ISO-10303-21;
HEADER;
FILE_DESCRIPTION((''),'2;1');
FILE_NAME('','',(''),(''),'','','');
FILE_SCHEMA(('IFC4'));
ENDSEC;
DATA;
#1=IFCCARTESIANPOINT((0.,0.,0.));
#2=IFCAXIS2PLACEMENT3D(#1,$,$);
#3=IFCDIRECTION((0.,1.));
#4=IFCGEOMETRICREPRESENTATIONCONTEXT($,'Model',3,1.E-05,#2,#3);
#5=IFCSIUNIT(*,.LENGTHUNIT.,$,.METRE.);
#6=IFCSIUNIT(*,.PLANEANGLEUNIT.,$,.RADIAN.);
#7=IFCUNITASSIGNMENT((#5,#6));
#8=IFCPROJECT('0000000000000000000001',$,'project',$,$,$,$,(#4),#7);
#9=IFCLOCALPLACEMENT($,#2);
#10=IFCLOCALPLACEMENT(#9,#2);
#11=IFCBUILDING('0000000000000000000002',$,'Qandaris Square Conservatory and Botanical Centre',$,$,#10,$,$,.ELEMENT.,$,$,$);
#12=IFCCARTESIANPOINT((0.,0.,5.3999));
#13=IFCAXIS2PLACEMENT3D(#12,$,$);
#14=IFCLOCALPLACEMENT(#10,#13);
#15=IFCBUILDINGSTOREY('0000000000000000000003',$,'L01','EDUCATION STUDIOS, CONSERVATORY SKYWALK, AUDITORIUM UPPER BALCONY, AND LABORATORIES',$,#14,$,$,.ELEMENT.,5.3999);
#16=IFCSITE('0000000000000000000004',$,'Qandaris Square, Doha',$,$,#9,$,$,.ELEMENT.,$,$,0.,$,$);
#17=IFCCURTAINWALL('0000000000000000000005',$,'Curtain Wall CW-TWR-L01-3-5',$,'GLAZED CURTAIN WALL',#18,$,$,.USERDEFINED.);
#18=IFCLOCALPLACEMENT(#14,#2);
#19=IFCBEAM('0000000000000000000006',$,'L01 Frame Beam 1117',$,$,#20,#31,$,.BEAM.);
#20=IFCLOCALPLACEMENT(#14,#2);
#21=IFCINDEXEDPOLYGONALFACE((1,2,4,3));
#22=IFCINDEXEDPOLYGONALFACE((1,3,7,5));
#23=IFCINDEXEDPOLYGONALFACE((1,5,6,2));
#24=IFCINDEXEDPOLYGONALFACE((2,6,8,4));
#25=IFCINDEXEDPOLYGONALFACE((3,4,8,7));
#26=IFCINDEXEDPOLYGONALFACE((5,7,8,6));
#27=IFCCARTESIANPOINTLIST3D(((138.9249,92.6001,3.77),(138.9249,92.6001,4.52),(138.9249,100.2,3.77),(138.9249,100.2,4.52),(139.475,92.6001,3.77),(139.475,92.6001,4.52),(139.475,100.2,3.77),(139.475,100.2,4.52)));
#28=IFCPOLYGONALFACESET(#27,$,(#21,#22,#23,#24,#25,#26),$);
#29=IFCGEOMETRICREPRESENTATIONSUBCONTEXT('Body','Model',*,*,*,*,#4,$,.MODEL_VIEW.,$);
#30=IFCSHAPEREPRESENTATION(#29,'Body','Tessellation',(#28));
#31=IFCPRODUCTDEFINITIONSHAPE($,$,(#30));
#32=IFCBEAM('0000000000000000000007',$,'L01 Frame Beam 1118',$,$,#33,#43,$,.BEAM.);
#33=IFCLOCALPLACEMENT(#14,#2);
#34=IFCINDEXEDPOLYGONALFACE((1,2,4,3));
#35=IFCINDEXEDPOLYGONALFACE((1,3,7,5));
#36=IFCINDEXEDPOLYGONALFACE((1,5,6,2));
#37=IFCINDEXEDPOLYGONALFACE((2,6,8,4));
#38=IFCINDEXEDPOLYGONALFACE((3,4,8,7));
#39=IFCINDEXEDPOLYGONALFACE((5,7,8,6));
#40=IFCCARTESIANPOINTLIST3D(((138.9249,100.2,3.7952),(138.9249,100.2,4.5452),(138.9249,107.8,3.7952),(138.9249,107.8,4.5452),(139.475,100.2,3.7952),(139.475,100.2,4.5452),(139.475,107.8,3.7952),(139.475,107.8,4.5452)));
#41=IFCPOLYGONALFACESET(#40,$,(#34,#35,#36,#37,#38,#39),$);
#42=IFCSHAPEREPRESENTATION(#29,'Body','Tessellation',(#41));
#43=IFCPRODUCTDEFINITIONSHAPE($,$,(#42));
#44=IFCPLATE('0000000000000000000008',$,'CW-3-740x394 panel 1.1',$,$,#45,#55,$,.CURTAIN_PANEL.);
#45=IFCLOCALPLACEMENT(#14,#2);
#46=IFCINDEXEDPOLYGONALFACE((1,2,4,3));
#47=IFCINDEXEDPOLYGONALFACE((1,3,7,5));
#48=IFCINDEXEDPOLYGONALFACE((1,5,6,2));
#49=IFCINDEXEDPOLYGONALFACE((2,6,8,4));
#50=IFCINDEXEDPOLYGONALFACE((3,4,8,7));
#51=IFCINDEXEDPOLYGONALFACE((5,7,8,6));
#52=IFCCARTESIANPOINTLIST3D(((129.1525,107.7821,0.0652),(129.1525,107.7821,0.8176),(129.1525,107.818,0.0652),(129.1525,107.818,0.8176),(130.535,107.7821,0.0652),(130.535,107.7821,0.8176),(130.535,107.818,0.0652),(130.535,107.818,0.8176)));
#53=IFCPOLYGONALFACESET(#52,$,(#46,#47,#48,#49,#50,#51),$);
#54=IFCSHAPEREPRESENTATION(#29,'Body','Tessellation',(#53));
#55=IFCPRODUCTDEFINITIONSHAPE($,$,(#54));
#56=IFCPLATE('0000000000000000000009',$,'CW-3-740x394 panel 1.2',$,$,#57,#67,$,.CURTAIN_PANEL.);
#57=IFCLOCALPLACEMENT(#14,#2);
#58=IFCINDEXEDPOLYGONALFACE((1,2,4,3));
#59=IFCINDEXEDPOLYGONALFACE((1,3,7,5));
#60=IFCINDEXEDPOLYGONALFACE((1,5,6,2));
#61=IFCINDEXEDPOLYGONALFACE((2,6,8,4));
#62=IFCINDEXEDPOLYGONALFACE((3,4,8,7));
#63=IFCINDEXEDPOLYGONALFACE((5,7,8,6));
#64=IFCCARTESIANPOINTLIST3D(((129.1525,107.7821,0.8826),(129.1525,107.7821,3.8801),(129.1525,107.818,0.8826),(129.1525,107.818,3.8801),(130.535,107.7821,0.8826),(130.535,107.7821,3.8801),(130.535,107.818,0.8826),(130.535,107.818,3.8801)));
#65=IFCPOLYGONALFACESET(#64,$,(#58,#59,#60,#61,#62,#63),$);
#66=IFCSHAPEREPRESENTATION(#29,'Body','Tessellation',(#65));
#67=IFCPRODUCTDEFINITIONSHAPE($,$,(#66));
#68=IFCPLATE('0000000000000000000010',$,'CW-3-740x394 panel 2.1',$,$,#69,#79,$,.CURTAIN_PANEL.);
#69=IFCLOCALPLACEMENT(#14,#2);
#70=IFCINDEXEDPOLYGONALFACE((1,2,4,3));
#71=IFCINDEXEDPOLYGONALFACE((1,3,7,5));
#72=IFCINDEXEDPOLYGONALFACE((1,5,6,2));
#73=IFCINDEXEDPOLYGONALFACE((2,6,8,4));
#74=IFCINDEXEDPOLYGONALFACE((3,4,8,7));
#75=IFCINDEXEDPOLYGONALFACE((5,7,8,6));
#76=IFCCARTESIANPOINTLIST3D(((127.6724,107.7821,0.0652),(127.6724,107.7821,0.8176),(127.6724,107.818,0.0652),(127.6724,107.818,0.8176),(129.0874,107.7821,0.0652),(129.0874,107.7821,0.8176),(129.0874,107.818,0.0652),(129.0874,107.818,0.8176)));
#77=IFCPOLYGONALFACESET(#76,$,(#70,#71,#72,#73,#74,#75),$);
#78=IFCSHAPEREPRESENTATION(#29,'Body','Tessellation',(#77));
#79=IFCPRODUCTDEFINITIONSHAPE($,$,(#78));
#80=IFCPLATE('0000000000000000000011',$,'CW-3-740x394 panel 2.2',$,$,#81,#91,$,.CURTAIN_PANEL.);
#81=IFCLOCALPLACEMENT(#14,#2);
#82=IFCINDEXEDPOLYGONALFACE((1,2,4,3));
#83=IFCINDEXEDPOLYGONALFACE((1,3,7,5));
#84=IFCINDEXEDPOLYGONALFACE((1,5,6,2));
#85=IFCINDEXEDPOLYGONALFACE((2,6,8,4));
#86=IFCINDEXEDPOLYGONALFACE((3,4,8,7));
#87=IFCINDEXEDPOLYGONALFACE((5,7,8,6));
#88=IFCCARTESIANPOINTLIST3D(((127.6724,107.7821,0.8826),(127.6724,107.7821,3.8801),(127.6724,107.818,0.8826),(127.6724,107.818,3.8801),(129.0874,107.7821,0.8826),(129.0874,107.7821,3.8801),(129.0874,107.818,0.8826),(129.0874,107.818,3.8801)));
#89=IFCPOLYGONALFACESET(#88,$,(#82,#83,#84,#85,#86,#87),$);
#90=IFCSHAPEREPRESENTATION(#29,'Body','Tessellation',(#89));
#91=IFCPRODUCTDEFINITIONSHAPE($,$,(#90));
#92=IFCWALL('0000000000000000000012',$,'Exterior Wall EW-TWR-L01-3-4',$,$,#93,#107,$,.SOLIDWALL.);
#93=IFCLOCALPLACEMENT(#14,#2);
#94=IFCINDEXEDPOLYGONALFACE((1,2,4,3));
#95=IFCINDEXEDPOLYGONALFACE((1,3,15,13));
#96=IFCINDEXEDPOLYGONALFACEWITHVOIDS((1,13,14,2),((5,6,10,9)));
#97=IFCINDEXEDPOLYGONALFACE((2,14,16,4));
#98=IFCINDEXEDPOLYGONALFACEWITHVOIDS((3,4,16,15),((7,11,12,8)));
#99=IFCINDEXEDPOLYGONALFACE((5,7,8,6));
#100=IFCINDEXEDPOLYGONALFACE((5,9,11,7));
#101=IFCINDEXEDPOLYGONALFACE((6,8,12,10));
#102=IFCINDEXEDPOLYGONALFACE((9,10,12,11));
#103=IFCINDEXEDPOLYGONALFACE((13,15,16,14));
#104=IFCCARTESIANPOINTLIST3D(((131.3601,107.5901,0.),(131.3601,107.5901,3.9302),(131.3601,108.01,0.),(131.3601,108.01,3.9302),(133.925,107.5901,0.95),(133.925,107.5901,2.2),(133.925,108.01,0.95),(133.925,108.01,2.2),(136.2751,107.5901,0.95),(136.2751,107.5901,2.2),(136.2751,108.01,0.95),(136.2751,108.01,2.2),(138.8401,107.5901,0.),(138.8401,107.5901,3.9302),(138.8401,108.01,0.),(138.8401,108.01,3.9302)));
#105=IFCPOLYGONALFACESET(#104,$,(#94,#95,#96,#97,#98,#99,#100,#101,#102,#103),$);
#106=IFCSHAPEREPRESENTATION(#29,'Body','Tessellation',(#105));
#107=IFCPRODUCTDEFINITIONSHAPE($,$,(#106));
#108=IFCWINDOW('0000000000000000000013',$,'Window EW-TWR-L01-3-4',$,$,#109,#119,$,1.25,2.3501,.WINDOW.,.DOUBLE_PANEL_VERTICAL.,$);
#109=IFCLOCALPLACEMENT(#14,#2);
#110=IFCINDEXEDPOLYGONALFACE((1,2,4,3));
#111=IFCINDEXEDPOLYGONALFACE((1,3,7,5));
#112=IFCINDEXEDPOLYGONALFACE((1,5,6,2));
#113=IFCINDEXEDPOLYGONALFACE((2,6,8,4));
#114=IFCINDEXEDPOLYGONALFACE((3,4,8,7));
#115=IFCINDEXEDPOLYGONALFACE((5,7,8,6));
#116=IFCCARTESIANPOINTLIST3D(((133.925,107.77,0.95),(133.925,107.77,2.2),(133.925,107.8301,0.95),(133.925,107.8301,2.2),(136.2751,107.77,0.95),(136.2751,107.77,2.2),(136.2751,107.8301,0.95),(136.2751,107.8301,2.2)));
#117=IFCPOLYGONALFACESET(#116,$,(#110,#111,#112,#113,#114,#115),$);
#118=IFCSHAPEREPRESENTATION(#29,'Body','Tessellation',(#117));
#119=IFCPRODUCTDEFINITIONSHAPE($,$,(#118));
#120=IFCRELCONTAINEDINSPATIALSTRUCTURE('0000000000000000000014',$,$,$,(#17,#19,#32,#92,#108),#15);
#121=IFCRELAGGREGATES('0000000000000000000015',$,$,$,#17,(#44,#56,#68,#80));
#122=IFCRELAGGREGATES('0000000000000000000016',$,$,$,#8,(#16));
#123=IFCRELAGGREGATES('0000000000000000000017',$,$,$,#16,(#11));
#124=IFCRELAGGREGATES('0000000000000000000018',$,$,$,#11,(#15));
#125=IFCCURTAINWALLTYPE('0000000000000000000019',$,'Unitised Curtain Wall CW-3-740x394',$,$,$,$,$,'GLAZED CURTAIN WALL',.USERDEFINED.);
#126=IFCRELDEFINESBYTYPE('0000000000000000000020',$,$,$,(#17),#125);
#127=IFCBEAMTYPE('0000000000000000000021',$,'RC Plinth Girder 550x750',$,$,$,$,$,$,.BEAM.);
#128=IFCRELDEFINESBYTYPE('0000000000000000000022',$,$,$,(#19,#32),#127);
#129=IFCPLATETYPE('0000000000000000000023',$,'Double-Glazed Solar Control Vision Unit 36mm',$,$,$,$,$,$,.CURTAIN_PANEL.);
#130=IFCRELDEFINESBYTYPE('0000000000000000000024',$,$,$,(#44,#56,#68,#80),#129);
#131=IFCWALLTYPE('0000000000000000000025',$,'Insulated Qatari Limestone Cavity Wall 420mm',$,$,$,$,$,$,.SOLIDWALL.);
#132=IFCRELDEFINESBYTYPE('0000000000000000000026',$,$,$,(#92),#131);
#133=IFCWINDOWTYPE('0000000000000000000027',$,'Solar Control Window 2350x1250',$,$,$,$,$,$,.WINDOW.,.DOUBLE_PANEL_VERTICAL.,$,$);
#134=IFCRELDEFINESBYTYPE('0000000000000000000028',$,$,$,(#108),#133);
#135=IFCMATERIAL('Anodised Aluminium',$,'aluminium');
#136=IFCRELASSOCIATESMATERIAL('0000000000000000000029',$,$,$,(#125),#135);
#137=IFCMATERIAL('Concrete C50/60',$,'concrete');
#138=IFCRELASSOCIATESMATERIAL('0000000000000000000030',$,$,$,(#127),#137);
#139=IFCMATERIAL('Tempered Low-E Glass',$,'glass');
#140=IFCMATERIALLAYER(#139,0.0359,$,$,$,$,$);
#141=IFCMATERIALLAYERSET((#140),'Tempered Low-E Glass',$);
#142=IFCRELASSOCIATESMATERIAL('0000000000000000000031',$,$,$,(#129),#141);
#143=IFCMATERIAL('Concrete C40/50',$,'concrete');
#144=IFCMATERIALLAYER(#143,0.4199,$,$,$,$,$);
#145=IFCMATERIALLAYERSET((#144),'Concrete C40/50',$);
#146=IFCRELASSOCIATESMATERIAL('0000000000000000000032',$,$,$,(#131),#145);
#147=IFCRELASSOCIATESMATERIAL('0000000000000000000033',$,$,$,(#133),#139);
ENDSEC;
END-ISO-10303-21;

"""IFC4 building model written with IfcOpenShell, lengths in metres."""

from ifc_helpers import new_model, si_unit, direction, frame, frame_2d, origin, origin_2d, place, context, subcontext, project, spatial, rectangle, extrude, material, layer, layer_set, material_profile, profile_set, type_object, element, fill, aggregate, save


model = new_model("IFC4")

# Units and contexts
model_context = context("Model", 3, precision=1e-05, world=origin(), true_north=direction((0.0, 1.0)))
body_context = subcontext(model_context, "Body", "Model", "MODEL_VIEW")
ifc_project = project(units=[si_unit("LENGTHUNIT", "METRE"), si_unit("PLANEANGLEUNIT", "RADIAN")], contexts=[model_context])

# Site, building, storey
site_placement = place(None, origin())
site = spatial("IfcSite", under=ifc_project, at=site_placement, Name="Qandaris Square, Doha", CompositionType="ELEMENT", RefElevation=0.0)
building_placement = place(site_placement, origin())
building = spatial("IfcBuilding", under=site, at=building_placement, Name="Qandaris Square Conservatory and Botanical Centre", CompositionType="ELEMENT")
storey_placement = place(building_placement, frame((0.0, 0.0, 5.3999)))
storey = spatial("IfcBuildingStorey", under=building, at=storey_placement, Name="L01", Description="EDUCATION STUDIOS, CONSERVATORY SKYWALK, AUDITORIUM UPPER BALCONY, AND LABORATORIES", CompositionType="ELEMENT", Elevation=5.3999)

# Shared definitions
ifc_material_1 = material(Name="Concrete C40/50", Category="concrete")
ifc_material_2 = material(Name="Concrete C50/60", Category="concrete")

# Curtain wall
ifc_material_3 = material(Name="Anodised Aluminium", Category="aluminium")
curtain_wall_type = type_object("IfcCurtainWallType", Name="Unitised Curtain Wall CW-3-740x394", ElementType="GLAZED CURTAIN WALL", PredefinedType="USERDEFINED", material=ifc_material_3)
curtain_wall_placement = place(storey_placement, origin())
curtain_wall = element("IfcCurtainWall", 1, at=curtain_wall_placement, inside=storey, type_object=curtain_wall_type, Name="Curtain Wall CW-TWR-L01-3-5", ObjectType="GLAZED CURTAIN WALL", PredefinedType="USERDEFINED")

# Beams
ifc_material_profile_1 = material_profile(ifc_material_2, rectangle(XDim=0.55, YDim=0.75, at=origin_2d()), Name="RC-BM 550x750")
ifc_profile_set_1 = profile_set([ifc_material_profile_1], Name="Concrete C50/60")
beam_type_1 = type_object("IfcBeamType", Name="RC Plinth Girder 550x750", PredefinedType="BEAM", material=ifc_profile_set_1)
beam_1_placement = place(storey_placement, frame((139.2, 92.6001, 4.145), z_axis=(0.0, 1.0, 0.0), x_axis=(-1.0, 0.0, 0.0)))
element("IfcBeam", 2, at=beam_1_placement, inside=storey, type_object=beam_type_1, Name="L01 Frame Beam 1117", PredefinedType="BEAM", context=body_context, shape_type="SweptSolid", body=[
    extrude(rectangle(XDim=0.55, YDim=0.75, at=origin_2d()), origin(), (0.0, 0.0, 1.0), 7.5999),
])
beam_2_placement = place(storey_placement, frame((139.2, 100.2, 4.1702), z_axis=(0.0, 1.0, 0.0), x_axis=(-1.0, 0.0, 0.0)))
element("IfcBeam", 3, at=beam_2_placement, inside=storey, type_object=beam_type_1, Name="L01 Frame Beam 1118", PredefinedType="BEAM", context=body_context, shape_type="SweptSolid", body=[
    extrude(rectangle(XDim=0.55, YDim=0.75, at=origin_2d()), origin(), (0.0, 0.0, 1.0), 7.6001),
])

# Plates
ifc_material_4 = material(Name="Tempered Low-E Glass", Category="glass")
ifc_layer_1 = layer(ifc_material_4, 0.0359)
ifc_layer_set_1 = layer_set([ifc_layer_1], Name="Tempered Low-E Glass")
plate_type = type_object("IfcPlateType", Name="Double-Glazed Solar Control Vision Unit 36mm", PredefinedType="CURTAIN_PANEL", material=ifc_layer_set_1)
plate_1_placement = place(storey_placement, frame((129.8438, 107.8, 0.0652), z_axis=(0.0, 0.0, 1.0), x_axis=(-1.0, 0.0, 0.0)))
plate_1 = element("IfcPlate", 4, at=plate_1_placement, type_object=plate_type, Name="CW-3-740x394 panel 1.1", PredefinedType="CURTAIN_PANEL", context=body_context, shape_type="SweptSolid", body=[
    extrude(rectangle(XDim=1.3826, YDim=0.0359, at=origin_2d()), origin(), (0.0, 0.0, 1.0), 0.7524),
])
plate_2_placement = place(storey_placement, frame((129.8438, 107.8, 0.8826), z_axis=(0.0, 0.0, 1.0), x_axis=(-1.0, 0.0, 0.0)))
plate_2 = element("IfcPlate", 5, at=plate_2_placement, type_object=plate_type, Name="CW-3-740x394 panel 1.2", PredefinedType="CURTAIN_PANEL", context=body_context, shape_type="SweptSolid", body=[
    extrude(rectangle(XDim=1.3826, YDim=0.0359, at=origin_2d()), origin(), (0.0, 0.0, 1.0), 2.9976),
])
plate_3_placement = place(storey_placement, frame((128.3799, 107.8, 0.0652), z_axis=(0.0, 0.0, 1.0), x_axis=(-1.0, 0.0, 0.0)))
plate_3 = element("IfcPlate", 6, at=plate_3_placement, type_object=plate_type, Name="CW-3-740x394 panel 2.1", PredefinedType="CURTAIN_PANEL", context=body_context, shape_type="SweptSolid", body=[
    extrude(rectangle(XDim=1.415, YDim=0.0359, at=origin_2d()), origin(), (0.0, 0.0, 1.0), 0.7524),
])
plate_4_placement = place(storey_placement, frame((128.3799, 107.8, 0.8826), z_axis=(0.0, 0.0, 1.0), x_axis=(-1.0, 0.0, 0.0)))
plate_4 = element("IfcPlate", 7, at=plate_4_placement, type_object=plate_type, Name="CW-3-740x394 panel 2.2", PredefinedType="CURTAIN_PANEL", context=body_context, shape_type="SweptSolid", body=[
    extrude(rectangle(XDim=1.415, YDim=0.0359, at=origin_2d()), origin(), (0.0, 0.0, 1.0), 2.9976),
])
aggregate(curtain_wall, [plate_1, plate_2, plate_3, plate_4])

# Wall, opening, window
ifc_layer_2 = layer(ifc_material_1, 0.4199)
ifc_layer_set_2 = layer_set([ifc_layer_2], Name="Concrete C40/50")
wall_type = type_object("IfcWallType", Name="Insulated Qatari Limestone Cavity Wall 420mm", PredefinedType="SOLIDWALL", material=ifc_layer_set_2)
wall_placement = place(storey_placement, frame((138.8401, 107.8, 0.0), z_axis=(0.0, 0.0, 1.0), x_axis=(-1.0, 0.0, 0.0)))
wall = element("IfcWall", 8, at=wall_placement, inside=storey, type_object=wall_type, Name="Exterior Wall EW-TWR-L01-3-4", PredefinedType="SOLIDWALL", context=body_context, shape_type="SweptSolid", body=[
    extrude(rectangle(XDim=7.48, YDim=0.4199, at=frame_2d((3.74, 0.0))), origin(), (0.0, 0.0, 1.0), 3.9302),
])
opening_placement = place(wall_placement, frame((2.5649, 0.0, 0.95)))
opening = element("IfcOpeningElement", 9, at=opening_placement, cuts=wall, PredefinedType="OPENING", context=body_context, shape_type="SweptSolid", body=[
    extrude(rectangle(XDim=2.3501, YDim=1.25, at=frame_2d((1.175, 0.625))), frame((0.0, 0.2219, 0.0), z_axis=(0.0, -1.0, 0.0), x_axis=(1.0, 0.0, 0.0)), (0.0, 0.0, 1.0), 0.4438),
])
window_type = type_object("IfcWindowType", Name="Solar Control Window 2350x1250", PartitioningType="DOUBLE_PANEL_VERTICAL", PredefinedType="WINDOW", material=ifc_material_4)
window_placement = place(opening_placement, origin())
window = element("IfcWindow", 10, at=window_placement, inside=storey, type_object=window_type, Name="Window EW-TWR-L01-3-4", OverallHeight=1.25, OverallWidth=2.3501, PartitioningType="DOUBLE_PANEL_VERTICAL", PredefinedType="WINDOW", context=body_context, shape_type="SweptSolid", body=[
    extrude(rectangle(XDim=2.3501, YDim=1.25, at=frame_2d((1.175, 0.625))), frame((0.0, 0.03, 0.0), z_axis=(0.0, -1.0, 0.0), x_axis=(1.0, 0.0, 0.0)), (0.0, 0.0, 1.0), 0.0601),
])
fill(opening, window)

save(model, "model.ifc")
